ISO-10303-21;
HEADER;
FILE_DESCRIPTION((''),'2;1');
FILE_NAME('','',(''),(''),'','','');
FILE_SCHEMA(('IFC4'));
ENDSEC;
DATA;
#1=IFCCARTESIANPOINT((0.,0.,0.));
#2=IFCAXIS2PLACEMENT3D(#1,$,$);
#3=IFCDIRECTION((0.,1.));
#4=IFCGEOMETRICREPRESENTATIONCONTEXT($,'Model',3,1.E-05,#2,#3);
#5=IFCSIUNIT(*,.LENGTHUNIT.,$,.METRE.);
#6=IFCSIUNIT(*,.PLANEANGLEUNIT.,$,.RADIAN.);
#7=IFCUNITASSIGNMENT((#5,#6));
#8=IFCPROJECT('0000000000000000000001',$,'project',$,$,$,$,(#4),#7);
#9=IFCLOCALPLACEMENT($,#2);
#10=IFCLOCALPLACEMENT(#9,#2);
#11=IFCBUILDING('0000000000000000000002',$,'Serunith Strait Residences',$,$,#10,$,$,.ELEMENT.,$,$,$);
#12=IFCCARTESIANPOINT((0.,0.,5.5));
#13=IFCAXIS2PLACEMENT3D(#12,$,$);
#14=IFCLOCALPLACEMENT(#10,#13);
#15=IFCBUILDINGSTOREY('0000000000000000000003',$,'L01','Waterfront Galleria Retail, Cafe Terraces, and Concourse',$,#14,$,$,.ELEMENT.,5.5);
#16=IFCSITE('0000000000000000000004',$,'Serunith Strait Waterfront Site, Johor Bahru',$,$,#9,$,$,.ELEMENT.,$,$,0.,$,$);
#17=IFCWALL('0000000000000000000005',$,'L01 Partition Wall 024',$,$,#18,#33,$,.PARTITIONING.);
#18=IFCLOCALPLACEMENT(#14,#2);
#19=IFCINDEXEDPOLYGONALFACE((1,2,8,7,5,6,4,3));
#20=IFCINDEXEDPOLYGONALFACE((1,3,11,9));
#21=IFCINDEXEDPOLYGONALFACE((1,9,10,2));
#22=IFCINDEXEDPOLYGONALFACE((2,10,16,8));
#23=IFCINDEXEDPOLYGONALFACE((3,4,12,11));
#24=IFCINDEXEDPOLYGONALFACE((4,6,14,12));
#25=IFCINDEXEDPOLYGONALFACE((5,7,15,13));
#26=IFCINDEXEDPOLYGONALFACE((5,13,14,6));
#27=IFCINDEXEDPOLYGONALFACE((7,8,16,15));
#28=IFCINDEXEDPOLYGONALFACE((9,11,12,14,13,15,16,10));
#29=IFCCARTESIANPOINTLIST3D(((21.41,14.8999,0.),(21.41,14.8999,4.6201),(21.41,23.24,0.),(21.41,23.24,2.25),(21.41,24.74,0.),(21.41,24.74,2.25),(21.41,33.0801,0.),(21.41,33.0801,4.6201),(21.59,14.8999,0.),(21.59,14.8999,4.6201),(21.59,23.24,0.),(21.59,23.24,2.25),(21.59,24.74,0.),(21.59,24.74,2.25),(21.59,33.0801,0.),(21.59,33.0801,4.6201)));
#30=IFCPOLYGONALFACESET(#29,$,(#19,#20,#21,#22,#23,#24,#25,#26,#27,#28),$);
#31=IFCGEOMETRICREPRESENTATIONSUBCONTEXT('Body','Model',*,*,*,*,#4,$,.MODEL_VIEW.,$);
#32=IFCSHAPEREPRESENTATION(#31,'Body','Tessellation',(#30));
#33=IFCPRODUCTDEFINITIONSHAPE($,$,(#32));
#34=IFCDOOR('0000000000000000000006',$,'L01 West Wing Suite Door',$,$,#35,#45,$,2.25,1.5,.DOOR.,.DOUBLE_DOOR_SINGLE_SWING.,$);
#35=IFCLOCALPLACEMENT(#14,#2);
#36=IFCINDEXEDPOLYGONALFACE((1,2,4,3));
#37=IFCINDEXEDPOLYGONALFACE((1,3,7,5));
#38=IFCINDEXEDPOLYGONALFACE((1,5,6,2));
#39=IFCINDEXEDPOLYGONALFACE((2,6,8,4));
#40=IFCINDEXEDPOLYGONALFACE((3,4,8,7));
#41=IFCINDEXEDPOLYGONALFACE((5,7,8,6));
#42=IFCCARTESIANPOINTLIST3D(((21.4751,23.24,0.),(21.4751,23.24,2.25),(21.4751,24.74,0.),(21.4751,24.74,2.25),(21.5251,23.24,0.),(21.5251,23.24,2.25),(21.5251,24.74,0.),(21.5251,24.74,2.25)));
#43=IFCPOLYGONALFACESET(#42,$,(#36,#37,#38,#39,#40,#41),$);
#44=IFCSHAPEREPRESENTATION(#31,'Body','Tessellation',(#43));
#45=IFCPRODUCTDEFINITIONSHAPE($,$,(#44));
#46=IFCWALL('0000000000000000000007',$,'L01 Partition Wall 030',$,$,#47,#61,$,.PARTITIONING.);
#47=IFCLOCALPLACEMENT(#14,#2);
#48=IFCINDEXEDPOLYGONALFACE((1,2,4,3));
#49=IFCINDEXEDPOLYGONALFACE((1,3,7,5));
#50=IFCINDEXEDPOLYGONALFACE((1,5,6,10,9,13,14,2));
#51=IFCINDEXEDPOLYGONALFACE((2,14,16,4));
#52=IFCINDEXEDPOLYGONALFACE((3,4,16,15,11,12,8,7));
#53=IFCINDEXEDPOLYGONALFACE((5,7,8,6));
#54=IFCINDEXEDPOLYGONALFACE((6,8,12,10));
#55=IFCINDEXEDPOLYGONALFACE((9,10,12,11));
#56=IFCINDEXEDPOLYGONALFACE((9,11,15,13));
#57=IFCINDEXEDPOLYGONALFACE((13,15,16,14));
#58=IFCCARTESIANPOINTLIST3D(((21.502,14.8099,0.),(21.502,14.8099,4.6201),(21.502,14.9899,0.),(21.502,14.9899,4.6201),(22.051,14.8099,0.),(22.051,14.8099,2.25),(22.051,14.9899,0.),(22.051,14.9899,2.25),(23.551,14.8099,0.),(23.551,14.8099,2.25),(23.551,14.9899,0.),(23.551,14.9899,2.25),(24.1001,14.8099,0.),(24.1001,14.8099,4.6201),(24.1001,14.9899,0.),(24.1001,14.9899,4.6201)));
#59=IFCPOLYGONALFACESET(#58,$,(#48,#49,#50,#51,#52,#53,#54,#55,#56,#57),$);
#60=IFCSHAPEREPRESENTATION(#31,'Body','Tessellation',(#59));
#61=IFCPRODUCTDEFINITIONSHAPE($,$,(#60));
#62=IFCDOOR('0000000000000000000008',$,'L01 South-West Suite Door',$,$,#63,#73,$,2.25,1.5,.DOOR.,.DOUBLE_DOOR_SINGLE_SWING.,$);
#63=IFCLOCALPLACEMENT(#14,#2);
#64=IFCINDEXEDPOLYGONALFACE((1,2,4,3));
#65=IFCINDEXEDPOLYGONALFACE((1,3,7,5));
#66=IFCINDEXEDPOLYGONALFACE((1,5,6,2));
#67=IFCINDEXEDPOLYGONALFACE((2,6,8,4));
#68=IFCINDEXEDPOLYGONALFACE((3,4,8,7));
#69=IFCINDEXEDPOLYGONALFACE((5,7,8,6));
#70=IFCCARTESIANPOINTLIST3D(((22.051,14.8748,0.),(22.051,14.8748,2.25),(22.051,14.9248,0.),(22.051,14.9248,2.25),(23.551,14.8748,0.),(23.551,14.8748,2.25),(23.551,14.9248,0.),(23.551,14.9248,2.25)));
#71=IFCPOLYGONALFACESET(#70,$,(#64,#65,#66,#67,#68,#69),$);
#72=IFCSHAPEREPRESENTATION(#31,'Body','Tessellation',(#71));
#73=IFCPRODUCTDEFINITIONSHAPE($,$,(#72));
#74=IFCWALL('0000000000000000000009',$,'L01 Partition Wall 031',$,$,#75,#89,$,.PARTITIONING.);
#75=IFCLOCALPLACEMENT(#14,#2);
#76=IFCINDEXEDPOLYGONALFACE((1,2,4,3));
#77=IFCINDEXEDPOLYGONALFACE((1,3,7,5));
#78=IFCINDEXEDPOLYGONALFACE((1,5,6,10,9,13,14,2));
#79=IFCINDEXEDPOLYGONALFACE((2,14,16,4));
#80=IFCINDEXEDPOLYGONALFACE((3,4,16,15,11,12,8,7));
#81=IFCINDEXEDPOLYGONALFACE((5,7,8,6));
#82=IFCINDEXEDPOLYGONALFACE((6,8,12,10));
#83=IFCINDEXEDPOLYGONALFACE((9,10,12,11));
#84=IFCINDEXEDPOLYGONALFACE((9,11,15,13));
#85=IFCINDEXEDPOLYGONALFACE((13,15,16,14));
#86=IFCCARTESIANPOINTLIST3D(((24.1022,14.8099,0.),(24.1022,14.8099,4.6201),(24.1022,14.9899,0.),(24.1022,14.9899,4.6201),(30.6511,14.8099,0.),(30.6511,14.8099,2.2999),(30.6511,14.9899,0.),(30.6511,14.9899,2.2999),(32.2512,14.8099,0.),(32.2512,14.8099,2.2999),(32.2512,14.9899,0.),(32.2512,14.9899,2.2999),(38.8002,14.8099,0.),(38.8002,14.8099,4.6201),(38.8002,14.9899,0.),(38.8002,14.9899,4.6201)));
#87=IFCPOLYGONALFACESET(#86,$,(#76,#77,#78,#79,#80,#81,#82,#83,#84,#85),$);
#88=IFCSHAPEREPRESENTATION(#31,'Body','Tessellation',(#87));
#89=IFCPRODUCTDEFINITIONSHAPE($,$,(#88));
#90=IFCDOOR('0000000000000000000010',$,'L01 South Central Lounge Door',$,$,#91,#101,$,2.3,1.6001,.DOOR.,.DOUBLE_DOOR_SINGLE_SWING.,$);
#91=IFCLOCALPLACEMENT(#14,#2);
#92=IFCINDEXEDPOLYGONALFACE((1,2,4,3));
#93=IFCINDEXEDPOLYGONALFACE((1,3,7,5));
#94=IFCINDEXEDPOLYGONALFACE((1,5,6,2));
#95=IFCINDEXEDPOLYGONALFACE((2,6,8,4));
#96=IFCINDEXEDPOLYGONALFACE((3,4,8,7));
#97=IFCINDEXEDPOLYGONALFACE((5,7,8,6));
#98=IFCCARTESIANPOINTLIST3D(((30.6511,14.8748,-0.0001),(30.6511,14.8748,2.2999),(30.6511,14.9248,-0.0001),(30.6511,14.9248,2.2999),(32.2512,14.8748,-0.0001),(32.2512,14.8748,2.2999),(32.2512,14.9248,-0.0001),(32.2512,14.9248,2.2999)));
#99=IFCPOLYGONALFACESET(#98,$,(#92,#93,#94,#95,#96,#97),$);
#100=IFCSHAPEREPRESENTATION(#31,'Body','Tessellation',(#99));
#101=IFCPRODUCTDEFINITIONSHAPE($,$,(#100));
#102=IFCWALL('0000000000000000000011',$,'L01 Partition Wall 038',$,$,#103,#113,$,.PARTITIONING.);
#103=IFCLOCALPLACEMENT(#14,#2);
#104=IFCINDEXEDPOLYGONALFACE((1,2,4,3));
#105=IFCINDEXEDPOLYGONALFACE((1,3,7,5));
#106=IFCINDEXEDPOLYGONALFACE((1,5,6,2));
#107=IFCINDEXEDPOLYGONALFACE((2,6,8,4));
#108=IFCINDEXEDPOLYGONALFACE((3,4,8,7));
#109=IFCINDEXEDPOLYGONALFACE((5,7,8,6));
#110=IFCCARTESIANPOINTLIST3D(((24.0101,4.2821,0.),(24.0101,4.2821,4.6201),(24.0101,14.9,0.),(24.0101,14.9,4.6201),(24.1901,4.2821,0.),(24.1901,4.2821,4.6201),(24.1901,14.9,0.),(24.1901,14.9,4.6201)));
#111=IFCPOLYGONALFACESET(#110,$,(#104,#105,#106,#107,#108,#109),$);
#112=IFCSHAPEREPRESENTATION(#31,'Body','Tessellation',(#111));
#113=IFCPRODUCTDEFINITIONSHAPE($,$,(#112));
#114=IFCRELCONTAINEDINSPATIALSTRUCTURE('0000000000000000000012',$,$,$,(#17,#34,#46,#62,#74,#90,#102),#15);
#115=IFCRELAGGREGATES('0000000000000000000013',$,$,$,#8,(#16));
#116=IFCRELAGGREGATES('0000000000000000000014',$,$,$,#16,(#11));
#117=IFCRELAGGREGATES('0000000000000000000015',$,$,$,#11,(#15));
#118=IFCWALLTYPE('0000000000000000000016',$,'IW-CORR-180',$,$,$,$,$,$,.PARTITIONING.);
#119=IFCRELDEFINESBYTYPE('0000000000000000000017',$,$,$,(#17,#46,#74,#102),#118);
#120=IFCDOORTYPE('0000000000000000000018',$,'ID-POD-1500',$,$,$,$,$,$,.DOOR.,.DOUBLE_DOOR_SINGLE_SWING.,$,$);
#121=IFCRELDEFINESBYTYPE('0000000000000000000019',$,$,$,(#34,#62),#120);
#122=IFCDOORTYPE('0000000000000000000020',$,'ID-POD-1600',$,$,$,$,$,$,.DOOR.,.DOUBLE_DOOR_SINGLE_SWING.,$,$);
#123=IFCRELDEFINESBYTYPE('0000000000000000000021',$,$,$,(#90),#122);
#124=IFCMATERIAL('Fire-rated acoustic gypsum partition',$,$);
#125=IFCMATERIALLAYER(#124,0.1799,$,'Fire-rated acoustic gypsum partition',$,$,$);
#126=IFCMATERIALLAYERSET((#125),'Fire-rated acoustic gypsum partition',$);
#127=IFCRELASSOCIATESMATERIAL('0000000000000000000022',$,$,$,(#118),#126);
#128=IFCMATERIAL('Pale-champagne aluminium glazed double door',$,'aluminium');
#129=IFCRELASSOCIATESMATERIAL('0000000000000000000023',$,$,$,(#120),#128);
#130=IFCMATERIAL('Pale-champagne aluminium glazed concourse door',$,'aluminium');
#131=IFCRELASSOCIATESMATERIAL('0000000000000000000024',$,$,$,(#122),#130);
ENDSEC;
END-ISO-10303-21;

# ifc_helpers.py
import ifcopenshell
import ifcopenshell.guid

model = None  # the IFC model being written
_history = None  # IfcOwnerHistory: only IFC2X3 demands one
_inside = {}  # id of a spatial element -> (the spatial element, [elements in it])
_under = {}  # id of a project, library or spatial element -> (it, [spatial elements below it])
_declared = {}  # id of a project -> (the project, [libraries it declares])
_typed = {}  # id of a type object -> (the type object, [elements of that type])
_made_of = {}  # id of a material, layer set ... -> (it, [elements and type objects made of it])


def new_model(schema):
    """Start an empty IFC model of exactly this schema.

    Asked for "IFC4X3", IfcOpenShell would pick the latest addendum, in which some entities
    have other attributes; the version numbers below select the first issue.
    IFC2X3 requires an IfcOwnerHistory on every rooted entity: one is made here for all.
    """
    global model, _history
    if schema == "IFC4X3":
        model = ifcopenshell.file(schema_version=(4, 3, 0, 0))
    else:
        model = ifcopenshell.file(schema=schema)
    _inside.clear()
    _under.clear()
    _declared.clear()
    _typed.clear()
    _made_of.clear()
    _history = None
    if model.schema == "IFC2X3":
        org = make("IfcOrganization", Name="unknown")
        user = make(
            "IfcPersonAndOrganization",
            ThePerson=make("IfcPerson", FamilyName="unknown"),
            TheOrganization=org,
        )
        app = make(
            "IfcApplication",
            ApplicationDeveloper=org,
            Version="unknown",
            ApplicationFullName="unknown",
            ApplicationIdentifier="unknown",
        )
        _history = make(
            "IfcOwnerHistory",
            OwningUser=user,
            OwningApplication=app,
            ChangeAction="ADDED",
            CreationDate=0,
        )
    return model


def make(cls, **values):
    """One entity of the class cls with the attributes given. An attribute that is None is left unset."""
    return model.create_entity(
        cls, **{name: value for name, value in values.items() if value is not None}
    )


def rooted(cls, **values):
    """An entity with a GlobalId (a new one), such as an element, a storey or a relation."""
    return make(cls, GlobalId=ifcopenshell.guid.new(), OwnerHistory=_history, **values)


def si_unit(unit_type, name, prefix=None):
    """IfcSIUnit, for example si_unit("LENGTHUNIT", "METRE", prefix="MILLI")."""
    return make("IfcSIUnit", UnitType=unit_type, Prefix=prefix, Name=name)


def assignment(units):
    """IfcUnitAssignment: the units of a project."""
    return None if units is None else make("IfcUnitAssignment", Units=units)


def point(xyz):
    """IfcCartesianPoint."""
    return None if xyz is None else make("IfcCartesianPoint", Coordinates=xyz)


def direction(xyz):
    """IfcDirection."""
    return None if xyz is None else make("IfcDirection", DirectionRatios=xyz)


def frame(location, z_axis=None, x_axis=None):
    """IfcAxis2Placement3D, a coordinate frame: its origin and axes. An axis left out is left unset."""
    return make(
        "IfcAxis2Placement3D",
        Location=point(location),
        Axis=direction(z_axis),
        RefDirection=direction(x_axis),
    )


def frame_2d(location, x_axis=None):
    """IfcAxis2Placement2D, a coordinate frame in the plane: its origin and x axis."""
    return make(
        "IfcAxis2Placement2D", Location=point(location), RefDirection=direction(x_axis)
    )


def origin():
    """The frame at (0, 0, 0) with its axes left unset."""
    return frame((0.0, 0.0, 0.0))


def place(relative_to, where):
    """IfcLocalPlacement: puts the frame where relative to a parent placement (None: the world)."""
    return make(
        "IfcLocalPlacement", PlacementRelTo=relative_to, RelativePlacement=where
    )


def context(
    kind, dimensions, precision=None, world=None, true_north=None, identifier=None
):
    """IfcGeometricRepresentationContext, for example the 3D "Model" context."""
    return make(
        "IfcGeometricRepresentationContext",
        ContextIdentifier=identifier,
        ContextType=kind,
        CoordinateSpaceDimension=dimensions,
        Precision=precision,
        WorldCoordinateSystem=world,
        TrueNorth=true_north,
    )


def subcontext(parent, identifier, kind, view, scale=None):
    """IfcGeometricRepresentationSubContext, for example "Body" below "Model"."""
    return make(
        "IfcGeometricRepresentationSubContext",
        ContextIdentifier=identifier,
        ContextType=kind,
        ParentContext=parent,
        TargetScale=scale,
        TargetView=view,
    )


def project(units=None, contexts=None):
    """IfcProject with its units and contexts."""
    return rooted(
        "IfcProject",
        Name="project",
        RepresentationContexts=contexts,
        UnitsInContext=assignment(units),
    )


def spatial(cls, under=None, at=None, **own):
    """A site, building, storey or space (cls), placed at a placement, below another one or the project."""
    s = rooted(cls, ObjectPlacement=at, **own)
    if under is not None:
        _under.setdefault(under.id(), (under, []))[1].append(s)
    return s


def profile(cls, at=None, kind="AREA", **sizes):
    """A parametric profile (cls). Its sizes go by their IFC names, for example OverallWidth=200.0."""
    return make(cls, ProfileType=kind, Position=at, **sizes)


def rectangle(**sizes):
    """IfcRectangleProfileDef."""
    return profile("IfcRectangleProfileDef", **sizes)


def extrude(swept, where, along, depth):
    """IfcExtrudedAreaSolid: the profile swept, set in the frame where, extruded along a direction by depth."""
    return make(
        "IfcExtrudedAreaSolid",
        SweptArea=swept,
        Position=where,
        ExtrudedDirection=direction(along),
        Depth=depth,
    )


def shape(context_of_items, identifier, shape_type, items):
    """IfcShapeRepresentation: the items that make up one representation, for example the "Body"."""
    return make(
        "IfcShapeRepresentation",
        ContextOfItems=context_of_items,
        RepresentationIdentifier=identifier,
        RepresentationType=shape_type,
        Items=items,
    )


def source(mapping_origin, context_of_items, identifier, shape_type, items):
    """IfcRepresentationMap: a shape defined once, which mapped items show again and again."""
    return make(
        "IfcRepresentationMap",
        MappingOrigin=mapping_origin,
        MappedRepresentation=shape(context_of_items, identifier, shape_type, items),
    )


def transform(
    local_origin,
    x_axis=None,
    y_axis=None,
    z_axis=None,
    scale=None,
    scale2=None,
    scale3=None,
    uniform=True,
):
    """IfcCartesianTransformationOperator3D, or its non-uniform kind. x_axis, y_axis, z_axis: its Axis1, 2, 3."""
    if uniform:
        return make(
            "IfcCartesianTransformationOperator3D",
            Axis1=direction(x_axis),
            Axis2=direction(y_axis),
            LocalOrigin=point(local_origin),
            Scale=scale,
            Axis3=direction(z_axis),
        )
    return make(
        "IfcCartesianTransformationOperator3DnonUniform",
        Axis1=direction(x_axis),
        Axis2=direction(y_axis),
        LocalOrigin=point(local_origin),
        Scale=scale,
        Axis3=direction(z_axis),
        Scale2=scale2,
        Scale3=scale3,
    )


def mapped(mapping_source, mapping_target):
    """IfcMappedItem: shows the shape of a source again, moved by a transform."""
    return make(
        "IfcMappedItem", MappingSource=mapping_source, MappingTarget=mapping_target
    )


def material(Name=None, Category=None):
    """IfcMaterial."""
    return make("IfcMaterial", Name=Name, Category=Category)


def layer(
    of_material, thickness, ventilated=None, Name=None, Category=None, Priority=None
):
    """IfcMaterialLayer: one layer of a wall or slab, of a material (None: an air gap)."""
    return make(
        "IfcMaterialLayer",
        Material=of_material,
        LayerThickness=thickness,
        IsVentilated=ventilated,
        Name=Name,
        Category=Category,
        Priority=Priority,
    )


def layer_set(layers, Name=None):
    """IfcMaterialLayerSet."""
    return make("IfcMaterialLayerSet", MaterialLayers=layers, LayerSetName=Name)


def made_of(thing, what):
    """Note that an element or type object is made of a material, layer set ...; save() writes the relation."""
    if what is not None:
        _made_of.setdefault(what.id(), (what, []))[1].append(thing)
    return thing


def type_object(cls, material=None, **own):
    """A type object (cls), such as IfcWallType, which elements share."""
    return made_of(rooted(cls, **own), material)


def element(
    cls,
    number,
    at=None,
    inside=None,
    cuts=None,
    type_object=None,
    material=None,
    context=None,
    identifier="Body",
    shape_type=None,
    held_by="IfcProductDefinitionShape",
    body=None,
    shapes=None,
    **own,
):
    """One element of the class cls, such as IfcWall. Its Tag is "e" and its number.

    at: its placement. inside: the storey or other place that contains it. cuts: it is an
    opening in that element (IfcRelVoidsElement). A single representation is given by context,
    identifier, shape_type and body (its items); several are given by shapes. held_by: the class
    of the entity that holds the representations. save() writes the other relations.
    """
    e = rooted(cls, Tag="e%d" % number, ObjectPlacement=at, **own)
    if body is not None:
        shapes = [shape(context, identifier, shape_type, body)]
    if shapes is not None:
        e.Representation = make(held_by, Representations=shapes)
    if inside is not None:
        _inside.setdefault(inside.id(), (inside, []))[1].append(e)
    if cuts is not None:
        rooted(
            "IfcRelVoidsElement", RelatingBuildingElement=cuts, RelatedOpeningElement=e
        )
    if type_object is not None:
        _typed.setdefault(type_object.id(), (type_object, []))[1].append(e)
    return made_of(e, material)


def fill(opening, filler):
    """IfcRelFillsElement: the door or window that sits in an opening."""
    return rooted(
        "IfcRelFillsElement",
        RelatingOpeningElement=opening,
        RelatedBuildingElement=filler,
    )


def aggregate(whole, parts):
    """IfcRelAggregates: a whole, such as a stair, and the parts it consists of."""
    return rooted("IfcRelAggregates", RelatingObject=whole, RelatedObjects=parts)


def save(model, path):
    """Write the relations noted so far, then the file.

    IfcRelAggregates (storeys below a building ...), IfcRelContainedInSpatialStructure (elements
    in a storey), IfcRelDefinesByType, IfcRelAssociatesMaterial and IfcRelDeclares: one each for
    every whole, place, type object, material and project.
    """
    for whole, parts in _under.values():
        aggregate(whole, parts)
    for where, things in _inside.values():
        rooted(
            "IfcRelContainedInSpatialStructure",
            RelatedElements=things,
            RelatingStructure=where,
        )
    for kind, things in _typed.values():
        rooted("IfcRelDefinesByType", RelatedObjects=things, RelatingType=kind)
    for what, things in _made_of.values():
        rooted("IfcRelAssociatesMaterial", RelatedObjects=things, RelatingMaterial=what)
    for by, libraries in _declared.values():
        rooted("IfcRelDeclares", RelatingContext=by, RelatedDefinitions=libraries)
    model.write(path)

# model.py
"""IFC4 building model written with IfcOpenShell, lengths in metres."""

from ifc_helpers import new_model, si_unit, direction, frame, frame_2d, origin, place, context, subcontext, project, spatial, rectangle, extrude, source, transform, mapped, material, layer, layer_set, type_object, element, fill, save


model = new_model("IFC4")

# Units and contexts
model_context = context("Model", 3, precision=1e-05, world=origin(), true_north=direction((0.0, 1.0)))
body_context = subcontext(model_context, "Body", "Model", "MODEL_VIEW")
ifc_project = project(units=[si_unit("LENGTHUNIT", "METRE"), si_unit("PLANEANGLEUNIT", "RADIAN")], contexts=[model_context])

# Site, building, storey
site_placement = place(None, origin())
site = spatial("IfcSite", under=ifc_project, at=site_placement, Name="Serunith Strait Waterfront Site, Johor Bahru", CompositionType="ELEMENT", RefElevation=0.0)
building_placement = place(site_placement, origin())
building = spatial("IfcBuilding", under=site, at=building_placement, Name="Serunith Strait Residences", CompositionType="ELEMENT")
storey_placement = place(building_placement, frame((0.0, 0.0, 5.5)))
storey = spatial("IfcBuildingStorey", under=building, at=storey_placement, Name="L01", Description="Waterfront Galleria Retail, Cafe Terraces, and Concourse", CompositionType="ELEMENT", Elevation=5.5)

# Walls, openings, doors
ifc_material_1 = material(Name="Fire-rated acoustic gypsum partition")
ifc_layer_1 = layer(ifc_material_1, 0.1799, Name="Fire-rated acoustic gypsum partition")
ifc_layer_set_1 = layer_set([ifc_layer_1], Name="Fire-rated acoustic gypsum partition")
wall_type_1 = type_object("IfcWallType", Name="IW-CORR-180", PredefinedType="PARTITIONING", material=ifc_layer_set_1)
wall_1_placement = place(storey_placement, frame((21.5, 14.8999, 0.0), z_axis=(0.0, 0.0, 1.0), x_axis=(0.0, 1.0, 0.0)))
wall_1 = element("IfcWall", 1, at=wall_1_placement, inside=storey, type_object=wall_type_1, Name="L01 Partition Wall 024", PredefinedType="PARTITIONING", context=body_context, shape_type="SweptSolid", body=[
    extrude(rectangle(XDim=18.1802, YDim=0.1799, at=frame_2d((9.0901, 0.0))), origin(), (0.0, 0.0, 1.0), 4.6201),
])
opening_1_placement = place(wall_1_placement, frame((8.3401, 0.0, 0.0)))
opening_1 = element("IfcOpeningElement", 2, at=opening_1_placement, cuts=wall_1, PredefinedType="OPENING", context=body_context, shape_type="SweptSolid", body=[
    extrude(rectangle(XDim=1.5, YDim=2.25, at=frame_2d((0.75, 1.125))), frame((0.0, 0.1001, 0.0), z_axis=(0.0, -1.0, 0.0), x_axis=(1.0, 0.0, 0.0)), (0.0, 0.0, 1.0), 0.2),
])
ifc_material_2 = material(Name="Pale-champagne aluminium glazed double door", Category="aluminium")
door_type_1 = type_object("IfcDoorType", Name="ID-POD-1500", OperationType="DOUBLE_DOOR_SINGLE_SWING", PredefinedType="DOOR", material=ifc_material_2)
shared_shape_1 = source(origin(), body_context, "Body", "SweptSolid", [
    extrude(rectangle(XDim=1.5, YDim=2.25, at=frame_2d((0.75, 1.125))), frame((0.0, 0.0249, 0.0), z_axis=(0.0, -1.0, 0.0), x_axis=(1.0, 0.0, 0.0)), (0.0, 0.0, 1.0), 0.05),
])
door_1_placement = place(opening_1_placement, origin())
door_1 = element("IfcDoor", 3, at=door_1_placement, inside=storey, type_object=door_type_1, Name="L01 West Wing Suite Door", OperationType="DOUBLE_DOOR_SINGLE_SWING", OverallHeight=2.25, OverallWidth=1.5, PredefinedType="DOOR", context=body_context, shape_type="MappedRepresentation", body=[
    mapped(shared_shape_1, transform((0.0, 0.0, 0.0), scale=1.0)),
])
fill(opening_1, door_1)
wall_2_placement = place(storey_placement, frame((21.502, 14.8999, 0.0), z_axis=(0.0, 0.0, 1.0), x_axis=(1.0, 0.0, 0.0)))
wall_2 = element("IfcWall", 4, at=wall_2_placement, inside=storey, type_object=wall_type_1, Name="L01 Partition Wall 030", PredefinedType="PARTITIONING", context=body_context, shape_type="SweptSolid", body=[
    extrude(rectangle(XDim=2.5981, YDim=0.1799, at=frame_2d((1.2991, 0.0))), origin(), (0.0, 0.0, 1.0), 4.6201),
])
opening_2_placement = place(wall_2_placement, frame((0.5491, 0.0, 0.0)))
opening_2 = element("IfcOpeningElement", 5, at=opening_2_placement, cuts=wall_2, PredefinedType="OPENING", context=body_context, shape_type="SweptSolid", body=[
    extrude(rectangle(XDim=1.5, YDim=2.25, at=frame_2d((0.75, 1.125))), frame((0.0, 0.1001, 0.0), z_axis=(0.0, -1.0, 0.0), x_axis=(1.0, 0.0, 0.0)), (0.0, 0.0, 1.0), 0.2),
])
door_2_placement = place(opening_2_placement, origin())
door_2 = element("IfcDoor", 6, at=door_2_placement, inside=storey, type_object=door_type_1, Name="L01 South-West Suite Door", OperationType="DOUBLE_DOOR_SINGLE_SWING", OverallHeight=2.25, OverallWidth=1.5, PredefinedType="DOOR", context=body_context, shape_type="MappedRepresentation", body=[
    mapped(shared_shape_1, transform((0.0, 0.0, 0.0), scale=1.0)),
])
fill(opening_2, door_2)
wall_3_placement = place(storey_placement, frame((24.1021, 14.8999, 0.0), z_axis=(0.0, 0.0, 1.0), x_axis=(1.0, 0.0, 0.0)))
wall_3 = element("IfcWall", 7, at=wall_3_placement, inside=storey, type_object=wall_type_1, Name="L01 Partition Wall 031", PredefinedType="PARTITIONING", context=body_context, shape_type="SweptSolid", body=[
    extrude(rectangle(XDim=14.698, YDim=0.1799, at=frame_2d((7.3491, 0.0))), origin(), (0.0, 0.0, 1.0), 4.6201),
])
opening_3_placement = place(wall_3_placement, frame((6.5491, 0.0, 0.0)))
opening_3 = element("IfcOpeningElement", 8, at=opening_3_placement, cuts=wall_3, PredefinedType="OPENING", context=body_context, shape_type="SweptSolid", body=[
    extrude(rectangle(XDim=1.6001, YDim=2.3, at=frame_2d((0.8, 1.1499))), frame((0.0, 0.1001, 0.0), z_axis=(0.0, -1.0, 0.0), x_axis=(1.0, 0.0, 0.0)), (0.0, 0.0, 1.0), 0.2),
])
ifc_material_3 = material(Name="Pale-champagne aluminium glazed concourse door", Category="aluminium")
door_type_2 = type_object("IfcDoorType", Name="ID-POD-1600", OperationType="DOUBLE_DOOR_SINGLE_SWING", PredefinedType="DOOR", material=ifc_material_3)
shared_shape_2 = source(origin(), body_context, "Body", "SweptSolid", [
    extrude(rectangle(XDim=1.6001, YDim=2.3, at=frame_2d((0.8, 1.1499))), frame((0.0, 0.0249, 0.0), z_axis=(0.0, -1.0, 0.0), x_axis=(1.0, 0.0, 0.0)), (0.0, 0.0, 1.0), 0.05),
])
door_3_placement = place(opening_3_placement, origin())
door_3 = element("IfcDoor", 9, at=door_3_placement, inside=storey, type_object=door_type_2, Name="L01 South Central Lounge Door", OperationType="DOUBLE_DOOR_SINGLE_SWING", OverallHeight=2.3, OverallWidth=1.6001, PredefinedType="DOOR", context=body_context, shape_type="MappedRepresentation", body=[
    mapped(shared_shape_2, transform((0.0, 0.0, 0.0), scale=1.0)),
])
fill(opening_3, door_3)

# Wall
wall_4_placement = place(storey_placement, frame((24.1001, 4.282, 0.0), z_axis=(0.0, 0.0, 1.0), x_axis=(0.0, 1.0, 0.0)))
element("IfcWall", 10, at=wall_4_placement, inside=storey, type_object=wall_type_1, Name="L01 Partition Wall 038", PredefinedType="PARTITIONING", context=body_context, shape_type="SweptSolid", body=[
    extrude(rectangle(XDim=10.6179, YDim=0.1799, at=frame_2d((5.3091, 0.0))), origin(), (0.0, 0.0, 1.0), 4.6201),
])

save(model, "model.ifc")
